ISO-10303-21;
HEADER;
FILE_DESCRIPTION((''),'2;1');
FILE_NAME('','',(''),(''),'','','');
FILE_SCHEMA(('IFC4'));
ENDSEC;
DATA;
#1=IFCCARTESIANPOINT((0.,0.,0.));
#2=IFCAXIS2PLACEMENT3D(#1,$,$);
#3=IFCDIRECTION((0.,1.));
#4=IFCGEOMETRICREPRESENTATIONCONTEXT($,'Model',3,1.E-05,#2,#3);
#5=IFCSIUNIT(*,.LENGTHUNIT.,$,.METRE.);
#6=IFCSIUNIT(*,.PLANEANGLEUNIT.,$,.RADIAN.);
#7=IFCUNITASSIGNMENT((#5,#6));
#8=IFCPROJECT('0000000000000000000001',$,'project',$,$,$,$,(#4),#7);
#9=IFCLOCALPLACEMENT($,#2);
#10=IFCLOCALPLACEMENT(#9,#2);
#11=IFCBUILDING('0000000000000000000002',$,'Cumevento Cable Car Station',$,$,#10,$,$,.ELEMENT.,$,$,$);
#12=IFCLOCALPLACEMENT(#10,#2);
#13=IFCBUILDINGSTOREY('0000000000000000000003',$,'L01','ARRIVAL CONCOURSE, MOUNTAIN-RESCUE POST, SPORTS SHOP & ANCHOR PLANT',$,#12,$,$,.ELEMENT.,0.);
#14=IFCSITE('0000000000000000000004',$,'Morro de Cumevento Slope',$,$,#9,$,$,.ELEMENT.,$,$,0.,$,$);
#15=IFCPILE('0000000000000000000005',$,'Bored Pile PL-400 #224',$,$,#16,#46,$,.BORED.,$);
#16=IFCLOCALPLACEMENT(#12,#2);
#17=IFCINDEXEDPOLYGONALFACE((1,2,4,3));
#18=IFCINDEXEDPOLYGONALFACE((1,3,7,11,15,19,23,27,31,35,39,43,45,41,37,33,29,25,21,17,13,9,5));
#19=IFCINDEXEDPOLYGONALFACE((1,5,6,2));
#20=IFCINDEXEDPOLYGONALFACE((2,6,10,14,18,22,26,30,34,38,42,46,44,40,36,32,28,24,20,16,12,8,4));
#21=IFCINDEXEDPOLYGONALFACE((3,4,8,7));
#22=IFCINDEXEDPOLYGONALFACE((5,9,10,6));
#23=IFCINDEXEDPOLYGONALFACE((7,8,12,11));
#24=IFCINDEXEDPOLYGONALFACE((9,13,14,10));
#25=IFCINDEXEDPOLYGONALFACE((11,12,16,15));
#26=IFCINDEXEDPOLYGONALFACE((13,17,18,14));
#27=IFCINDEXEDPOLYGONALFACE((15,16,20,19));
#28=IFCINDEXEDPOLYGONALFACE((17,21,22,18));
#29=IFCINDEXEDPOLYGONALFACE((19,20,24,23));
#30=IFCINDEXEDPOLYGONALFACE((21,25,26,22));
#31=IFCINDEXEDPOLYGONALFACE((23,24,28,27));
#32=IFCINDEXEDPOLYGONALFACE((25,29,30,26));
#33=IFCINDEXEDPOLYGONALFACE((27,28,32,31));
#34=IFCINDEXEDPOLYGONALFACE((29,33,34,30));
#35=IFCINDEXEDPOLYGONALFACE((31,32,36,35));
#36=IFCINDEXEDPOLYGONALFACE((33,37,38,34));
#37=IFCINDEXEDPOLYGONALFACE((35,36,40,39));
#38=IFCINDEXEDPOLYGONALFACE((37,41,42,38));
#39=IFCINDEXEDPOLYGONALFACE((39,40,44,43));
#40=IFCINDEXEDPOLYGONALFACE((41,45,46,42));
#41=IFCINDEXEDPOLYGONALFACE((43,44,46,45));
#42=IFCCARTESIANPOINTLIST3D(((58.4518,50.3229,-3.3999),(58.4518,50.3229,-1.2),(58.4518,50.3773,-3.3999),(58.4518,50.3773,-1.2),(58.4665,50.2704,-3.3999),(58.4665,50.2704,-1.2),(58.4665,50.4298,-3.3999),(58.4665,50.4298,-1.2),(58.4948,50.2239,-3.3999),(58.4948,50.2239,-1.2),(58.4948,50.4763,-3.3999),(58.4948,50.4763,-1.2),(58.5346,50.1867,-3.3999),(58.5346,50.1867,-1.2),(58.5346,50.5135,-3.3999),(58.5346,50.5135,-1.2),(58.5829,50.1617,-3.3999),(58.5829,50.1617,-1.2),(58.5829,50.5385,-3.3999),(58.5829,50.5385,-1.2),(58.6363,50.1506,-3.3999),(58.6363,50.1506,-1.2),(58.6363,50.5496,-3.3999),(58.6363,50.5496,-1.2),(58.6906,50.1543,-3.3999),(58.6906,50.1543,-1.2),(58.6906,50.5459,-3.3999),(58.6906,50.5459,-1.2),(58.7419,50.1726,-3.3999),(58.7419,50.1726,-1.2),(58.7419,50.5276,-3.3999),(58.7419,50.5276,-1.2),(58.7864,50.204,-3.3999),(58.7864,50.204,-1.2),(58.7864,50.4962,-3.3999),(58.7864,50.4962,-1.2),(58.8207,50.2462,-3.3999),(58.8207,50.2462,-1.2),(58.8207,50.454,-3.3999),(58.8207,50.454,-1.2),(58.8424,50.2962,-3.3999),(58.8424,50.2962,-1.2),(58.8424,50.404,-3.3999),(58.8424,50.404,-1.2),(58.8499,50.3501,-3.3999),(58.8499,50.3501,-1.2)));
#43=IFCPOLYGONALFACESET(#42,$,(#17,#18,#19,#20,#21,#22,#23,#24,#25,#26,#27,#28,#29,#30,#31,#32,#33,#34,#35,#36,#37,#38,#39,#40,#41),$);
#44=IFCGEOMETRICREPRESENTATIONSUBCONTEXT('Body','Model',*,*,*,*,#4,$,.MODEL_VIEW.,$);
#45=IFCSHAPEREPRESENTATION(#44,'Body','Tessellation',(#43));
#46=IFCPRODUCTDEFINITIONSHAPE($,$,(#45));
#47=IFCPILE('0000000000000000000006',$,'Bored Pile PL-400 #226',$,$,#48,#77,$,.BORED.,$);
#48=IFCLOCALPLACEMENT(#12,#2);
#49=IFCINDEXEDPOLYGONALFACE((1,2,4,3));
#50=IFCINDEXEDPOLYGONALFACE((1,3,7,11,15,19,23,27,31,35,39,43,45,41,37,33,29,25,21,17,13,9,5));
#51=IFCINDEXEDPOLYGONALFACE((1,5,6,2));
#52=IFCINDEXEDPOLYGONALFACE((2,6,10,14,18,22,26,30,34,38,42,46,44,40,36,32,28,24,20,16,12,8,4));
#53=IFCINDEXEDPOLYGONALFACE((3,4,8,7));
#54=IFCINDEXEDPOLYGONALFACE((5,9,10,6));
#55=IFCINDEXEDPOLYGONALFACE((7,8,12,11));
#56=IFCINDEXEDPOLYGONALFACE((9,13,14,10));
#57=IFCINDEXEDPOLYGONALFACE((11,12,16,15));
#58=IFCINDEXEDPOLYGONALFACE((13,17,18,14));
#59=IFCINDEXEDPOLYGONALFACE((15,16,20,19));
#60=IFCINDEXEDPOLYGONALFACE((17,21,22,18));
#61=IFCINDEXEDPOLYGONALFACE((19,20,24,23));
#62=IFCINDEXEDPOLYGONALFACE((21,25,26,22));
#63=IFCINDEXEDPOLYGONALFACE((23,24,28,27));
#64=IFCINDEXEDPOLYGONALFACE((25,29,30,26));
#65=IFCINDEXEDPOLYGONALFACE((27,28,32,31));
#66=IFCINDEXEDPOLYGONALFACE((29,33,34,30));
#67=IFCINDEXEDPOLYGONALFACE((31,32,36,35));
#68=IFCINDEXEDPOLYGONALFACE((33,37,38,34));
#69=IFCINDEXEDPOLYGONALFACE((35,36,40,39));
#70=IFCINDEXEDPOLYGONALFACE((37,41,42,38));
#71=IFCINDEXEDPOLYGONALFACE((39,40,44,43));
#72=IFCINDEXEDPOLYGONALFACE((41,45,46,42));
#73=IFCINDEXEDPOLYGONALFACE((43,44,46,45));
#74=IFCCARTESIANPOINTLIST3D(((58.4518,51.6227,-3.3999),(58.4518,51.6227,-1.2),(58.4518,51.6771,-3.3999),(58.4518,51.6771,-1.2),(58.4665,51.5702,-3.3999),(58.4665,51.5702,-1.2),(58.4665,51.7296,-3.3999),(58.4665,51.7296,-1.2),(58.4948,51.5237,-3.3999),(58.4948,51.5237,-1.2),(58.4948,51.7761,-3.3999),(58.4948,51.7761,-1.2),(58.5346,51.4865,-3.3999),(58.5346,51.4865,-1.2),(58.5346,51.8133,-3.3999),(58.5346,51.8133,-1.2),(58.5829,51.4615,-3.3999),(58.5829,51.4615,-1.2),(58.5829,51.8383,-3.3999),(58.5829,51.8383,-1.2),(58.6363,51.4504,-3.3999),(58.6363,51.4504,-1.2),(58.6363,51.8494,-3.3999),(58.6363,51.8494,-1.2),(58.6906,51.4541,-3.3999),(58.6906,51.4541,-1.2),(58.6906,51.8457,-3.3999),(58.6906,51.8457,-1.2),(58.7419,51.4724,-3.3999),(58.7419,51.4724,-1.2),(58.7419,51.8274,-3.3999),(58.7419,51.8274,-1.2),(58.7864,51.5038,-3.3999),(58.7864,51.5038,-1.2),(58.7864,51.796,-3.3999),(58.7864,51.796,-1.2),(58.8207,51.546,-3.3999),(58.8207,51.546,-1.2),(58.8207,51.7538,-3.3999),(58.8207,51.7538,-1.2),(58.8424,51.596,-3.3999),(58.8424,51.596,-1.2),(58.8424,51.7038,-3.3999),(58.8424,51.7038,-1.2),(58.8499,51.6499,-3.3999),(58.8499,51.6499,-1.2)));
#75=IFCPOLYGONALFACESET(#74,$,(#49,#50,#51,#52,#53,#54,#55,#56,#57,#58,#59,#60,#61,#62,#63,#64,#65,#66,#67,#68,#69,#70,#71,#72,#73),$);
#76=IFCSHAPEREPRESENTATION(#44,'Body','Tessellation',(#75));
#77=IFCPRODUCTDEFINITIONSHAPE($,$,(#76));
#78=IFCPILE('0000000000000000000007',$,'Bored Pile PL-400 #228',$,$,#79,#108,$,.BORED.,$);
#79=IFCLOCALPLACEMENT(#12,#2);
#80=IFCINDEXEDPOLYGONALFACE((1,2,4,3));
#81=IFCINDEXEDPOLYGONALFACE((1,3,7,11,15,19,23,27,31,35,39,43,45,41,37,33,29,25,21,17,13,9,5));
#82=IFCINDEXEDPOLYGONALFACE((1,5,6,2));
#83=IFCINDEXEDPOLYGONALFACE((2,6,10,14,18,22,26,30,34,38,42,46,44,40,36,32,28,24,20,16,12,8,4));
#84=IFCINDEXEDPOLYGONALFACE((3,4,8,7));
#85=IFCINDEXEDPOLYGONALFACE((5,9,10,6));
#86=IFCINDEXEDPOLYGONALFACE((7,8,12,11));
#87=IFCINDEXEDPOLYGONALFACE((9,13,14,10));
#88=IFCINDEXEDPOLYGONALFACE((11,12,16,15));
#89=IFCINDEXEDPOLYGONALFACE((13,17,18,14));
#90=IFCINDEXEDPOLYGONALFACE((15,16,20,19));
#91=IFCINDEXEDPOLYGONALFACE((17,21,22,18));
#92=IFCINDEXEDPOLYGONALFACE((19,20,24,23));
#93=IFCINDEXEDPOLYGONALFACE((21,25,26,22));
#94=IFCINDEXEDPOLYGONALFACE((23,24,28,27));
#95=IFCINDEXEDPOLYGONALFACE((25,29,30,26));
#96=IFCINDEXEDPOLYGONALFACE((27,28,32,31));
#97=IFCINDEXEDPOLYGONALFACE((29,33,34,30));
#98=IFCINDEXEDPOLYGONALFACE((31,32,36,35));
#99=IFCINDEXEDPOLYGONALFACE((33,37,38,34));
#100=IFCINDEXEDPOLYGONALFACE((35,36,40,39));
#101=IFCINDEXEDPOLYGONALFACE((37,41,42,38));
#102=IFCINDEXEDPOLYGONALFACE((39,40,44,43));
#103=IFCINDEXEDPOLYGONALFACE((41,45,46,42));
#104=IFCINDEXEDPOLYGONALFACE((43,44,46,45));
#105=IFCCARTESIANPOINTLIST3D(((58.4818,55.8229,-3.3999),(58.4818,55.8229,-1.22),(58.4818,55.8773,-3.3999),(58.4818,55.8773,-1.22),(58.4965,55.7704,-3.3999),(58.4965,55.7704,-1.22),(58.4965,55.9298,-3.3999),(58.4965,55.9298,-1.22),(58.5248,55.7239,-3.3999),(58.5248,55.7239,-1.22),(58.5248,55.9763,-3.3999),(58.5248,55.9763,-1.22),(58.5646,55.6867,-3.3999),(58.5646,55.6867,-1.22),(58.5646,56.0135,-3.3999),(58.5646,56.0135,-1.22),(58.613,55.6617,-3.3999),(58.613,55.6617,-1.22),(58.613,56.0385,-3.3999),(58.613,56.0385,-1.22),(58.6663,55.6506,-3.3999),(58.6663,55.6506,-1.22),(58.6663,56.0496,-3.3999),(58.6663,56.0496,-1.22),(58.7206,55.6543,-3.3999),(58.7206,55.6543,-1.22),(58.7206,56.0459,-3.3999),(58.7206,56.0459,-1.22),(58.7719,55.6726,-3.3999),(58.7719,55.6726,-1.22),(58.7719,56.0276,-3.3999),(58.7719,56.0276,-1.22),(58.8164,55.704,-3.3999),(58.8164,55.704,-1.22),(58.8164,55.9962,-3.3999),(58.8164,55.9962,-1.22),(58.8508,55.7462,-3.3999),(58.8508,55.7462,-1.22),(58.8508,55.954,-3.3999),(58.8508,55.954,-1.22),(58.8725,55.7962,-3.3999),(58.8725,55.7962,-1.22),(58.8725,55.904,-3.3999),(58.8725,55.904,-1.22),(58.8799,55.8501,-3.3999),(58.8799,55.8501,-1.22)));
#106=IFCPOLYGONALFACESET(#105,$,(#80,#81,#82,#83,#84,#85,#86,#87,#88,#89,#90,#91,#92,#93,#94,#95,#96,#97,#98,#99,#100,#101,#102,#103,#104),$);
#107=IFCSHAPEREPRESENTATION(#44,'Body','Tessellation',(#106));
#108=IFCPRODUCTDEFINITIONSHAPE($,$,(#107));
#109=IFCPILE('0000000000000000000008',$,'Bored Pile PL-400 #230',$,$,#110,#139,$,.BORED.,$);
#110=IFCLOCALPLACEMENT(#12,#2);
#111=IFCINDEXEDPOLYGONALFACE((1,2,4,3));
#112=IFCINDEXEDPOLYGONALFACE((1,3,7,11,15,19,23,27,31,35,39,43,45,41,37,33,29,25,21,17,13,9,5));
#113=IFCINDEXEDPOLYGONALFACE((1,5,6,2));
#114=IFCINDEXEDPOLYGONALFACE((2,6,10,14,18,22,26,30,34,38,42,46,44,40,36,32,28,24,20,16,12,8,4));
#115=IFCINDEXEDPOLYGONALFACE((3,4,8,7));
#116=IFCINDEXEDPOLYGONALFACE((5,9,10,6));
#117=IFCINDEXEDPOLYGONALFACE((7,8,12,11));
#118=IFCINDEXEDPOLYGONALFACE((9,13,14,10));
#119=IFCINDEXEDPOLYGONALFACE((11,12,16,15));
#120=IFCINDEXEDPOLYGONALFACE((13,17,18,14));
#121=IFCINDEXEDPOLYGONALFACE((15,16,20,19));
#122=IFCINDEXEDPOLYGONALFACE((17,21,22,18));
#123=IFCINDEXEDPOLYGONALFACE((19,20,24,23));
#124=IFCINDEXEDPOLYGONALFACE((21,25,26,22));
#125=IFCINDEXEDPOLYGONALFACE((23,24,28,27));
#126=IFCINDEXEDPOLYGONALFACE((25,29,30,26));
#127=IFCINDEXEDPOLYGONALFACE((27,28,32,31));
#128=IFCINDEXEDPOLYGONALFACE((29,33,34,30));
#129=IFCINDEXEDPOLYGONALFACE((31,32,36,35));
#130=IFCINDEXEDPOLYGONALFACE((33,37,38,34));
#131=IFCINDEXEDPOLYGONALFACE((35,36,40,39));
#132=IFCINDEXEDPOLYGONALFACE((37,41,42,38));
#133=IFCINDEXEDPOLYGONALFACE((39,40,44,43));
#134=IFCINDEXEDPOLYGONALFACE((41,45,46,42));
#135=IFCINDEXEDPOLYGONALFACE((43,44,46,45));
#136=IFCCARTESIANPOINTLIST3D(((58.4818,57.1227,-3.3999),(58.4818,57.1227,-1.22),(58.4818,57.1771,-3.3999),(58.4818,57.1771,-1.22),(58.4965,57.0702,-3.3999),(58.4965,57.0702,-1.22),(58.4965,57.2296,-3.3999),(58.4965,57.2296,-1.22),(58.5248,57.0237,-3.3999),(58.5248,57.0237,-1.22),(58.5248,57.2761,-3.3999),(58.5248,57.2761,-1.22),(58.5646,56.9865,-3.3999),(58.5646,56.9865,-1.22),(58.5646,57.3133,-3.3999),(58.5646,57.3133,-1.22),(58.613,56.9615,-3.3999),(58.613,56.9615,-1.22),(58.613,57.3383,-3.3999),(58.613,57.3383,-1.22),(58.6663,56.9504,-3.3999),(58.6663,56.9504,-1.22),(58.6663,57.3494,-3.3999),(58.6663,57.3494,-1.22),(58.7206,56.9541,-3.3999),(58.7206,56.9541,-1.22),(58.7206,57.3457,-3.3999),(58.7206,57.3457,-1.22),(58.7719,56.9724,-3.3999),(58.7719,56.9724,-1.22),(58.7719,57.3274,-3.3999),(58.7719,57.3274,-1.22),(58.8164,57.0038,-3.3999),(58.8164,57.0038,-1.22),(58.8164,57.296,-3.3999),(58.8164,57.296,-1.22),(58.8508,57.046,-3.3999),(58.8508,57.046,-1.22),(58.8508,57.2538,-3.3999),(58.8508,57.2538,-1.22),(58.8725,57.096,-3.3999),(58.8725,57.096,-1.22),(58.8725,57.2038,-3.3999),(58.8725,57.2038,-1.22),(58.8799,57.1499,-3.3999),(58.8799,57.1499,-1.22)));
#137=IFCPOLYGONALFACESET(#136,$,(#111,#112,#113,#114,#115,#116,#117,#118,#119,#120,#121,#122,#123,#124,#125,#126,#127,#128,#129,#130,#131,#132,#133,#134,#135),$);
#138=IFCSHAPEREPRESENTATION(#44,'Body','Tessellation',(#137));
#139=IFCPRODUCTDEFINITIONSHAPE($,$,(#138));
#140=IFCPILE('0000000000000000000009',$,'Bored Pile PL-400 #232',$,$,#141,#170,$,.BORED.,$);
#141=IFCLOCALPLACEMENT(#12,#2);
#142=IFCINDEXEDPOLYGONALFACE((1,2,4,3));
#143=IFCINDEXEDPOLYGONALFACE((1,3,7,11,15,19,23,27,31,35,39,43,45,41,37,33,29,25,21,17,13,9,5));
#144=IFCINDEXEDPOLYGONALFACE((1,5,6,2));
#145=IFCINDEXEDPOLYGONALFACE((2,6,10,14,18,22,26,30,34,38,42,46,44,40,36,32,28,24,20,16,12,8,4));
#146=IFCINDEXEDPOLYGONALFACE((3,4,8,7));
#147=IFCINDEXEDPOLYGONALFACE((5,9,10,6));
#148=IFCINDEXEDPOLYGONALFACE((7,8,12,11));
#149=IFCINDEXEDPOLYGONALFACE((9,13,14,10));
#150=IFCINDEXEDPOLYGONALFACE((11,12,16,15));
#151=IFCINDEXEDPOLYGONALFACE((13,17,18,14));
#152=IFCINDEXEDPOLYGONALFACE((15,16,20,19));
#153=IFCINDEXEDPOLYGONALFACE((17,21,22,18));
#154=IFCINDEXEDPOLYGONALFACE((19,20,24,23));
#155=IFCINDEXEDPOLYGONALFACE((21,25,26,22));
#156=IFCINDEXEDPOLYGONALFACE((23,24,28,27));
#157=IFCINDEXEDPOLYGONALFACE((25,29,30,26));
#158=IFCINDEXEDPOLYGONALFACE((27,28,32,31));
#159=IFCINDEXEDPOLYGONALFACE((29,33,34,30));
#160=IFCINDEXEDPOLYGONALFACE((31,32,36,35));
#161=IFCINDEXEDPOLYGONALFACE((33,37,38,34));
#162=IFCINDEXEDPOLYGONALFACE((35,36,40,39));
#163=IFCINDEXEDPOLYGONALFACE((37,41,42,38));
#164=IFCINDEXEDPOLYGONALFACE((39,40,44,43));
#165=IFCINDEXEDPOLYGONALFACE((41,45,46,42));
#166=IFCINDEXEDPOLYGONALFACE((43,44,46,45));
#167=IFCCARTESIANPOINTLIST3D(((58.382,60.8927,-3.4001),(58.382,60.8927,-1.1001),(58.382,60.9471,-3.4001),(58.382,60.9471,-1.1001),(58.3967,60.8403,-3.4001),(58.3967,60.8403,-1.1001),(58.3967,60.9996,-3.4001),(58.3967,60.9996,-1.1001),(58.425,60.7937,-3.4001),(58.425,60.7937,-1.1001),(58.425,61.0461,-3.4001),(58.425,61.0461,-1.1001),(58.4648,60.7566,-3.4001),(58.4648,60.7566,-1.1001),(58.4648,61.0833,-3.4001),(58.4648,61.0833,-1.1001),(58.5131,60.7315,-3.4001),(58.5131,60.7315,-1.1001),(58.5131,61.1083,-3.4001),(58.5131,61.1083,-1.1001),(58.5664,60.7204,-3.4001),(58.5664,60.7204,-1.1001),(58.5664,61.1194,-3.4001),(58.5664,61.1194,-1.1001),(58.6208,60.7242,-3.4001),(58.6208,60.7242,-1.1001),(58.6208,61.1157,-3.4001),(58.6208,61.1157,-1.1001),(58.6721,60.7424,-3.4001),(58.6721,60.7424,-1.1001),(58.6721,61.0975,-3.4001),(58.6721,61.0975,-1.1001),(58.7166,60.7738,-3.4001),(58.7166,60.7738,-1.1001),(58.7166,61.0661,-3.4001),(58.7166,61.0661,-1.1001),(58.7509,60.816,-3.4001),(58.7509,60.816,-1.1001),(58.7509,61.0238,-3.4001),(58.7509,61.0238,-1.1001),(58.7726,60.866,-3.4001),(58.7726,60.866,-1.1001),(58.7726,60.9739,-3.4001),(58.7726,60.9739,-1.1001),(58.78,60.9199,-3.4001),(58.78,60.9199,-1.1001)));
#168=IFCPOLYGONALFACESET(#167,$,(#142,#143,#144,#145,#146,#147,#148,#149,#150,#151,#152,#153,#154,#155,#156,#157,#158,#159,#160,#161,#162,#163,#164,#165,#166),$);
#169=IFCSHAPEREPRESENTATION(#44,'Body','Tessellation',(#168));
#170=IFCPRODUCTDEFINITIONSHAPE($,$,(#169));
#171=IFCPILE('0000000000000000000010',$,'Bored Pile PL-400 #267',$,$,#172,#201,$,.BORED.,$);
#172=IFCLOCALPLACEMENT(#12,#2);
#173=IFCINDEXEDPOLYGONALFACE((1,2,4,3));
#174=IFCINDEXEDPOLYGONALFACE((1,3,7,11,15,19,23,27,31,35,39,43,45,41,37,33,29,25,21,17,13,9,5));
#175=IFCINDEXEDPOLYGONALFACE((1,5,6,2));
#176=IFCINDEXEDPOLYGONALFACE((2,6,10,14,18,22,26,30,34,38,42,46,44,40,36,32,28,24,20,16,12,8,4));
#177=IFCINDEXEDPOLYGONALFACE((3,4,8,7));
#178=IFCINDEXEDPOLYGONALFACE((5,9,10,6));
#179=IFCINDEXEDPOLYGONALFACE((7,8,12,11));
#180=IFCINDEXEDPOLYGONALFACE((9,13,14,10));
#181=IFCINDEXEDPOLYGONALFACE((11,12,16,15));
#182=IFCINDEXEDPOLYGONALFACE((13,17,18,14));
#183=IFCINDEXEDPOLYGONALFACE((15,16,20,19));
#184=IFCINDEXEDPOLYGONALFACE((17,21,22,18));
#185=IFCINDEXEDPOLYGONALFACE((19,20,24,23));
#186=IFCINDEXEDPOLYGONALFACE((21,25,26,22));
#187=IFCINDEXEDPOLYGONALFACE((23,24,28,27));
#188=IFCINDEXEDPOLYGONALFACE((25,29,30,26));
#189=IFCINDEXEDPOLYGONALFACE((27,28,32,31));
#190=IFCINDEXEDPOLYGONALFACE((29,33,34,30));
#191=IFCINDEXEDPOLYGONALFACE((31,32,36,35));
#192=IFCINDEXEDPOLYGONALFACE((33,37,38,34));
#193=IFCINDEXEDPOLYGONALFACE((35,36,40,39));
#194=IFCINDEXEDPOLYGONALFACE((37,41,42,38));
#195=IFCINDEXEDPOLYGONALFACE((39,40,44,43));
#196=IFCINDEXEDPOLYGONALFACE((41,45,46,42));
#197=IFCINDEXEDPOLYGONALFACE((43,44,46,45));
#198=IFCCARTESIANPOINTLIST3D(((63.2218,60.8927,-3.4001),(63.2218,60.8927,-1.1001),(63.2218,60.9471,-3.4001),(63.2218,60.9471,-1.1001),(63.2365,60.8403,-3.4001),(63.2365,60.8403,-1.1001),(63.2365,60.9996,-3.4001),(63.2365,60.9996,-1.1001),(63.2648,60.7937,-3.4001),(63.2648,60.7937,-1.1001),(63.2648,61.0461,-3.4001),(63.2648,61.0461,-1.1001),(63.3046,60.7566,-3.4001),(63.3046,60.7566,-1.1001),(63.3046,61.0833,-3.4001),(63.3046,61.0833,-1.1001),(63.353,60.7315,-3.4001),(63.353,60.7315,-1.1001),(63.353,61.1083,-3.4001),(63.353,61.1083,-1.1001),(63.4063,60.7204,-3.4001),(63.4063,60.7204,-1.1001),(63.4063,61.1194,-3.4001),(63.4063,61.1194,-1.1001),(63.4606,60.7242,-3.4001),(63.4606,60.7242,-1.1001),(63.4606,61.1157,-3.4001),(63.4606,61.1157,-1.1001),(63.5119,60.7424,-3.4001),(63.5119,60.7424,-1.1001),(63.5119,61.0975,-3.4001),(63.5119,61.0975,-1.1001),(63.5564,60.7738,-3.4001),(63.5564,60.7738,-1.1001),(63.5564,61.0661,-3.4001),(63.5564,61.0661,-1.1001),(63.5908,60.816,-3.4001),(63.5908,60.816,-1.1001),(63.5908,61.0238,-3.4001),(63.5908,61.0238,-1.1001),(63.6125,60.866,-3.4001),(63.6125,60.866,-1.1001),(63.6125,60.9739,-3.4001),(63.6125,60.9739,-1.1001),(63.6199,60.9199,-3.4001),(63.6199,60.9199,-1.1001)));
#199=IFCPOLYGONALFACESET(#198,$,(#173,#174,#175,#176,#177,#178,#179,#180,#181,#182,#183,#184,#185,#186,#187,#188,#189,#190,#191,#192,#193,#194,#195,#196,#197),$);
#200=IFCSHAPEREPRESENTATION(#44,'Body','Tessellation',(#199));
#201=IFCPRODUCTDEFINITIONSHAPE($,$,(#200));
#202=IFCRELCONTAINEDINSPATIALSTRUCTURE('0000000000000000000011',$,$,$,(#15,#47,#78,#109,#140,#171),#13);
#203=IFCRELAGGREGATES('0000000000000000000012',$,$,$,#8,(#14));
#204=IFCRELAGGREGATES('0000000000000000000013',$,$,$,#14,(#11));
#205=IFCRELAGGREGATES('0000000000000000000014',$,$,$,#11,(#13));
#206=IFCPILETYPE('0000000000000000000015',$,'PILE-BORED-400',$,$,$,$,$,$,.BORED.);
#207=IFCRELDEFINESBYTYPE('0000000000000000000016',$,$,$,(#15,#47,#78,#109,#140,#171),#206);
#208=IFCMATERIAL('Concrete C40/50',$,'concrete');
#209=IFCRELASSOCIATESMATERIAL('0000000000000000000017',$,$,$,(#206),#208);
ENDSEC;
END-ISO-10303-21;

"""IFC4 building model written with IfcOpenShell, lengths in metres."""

from ifc_helpers import new_model, si_unit, direction, frame, origin, origin_2d, place, context, subcontext, project, spatial, circle, extrude, material, material_profile, profile_set, type_object, element, save


model = new_model("IFC4")

# Units and contexts
model_context = context("Model", 3, precision=1e-05, world=origin(), true_north=direction((0.0, 1.0)))
body_context = subcontext(model_context, "Body", "Model", "MODEL_VIEW")
ifc_project = project(units=[si_unit("LENGTHUNIT", "METRE"), si_unit("PLANEANGLEUNIT", "RADIAN")], contexts=[model_context])

# Site, building, storey
site_placement = place(None, origin())
site = spatial("IfcSite", under=ifc_project, at=site_placement, Name="Morro de Cumevento Slope", CompositionType="ELEMENT", RefElevation=0.0)
building_placement = place(site_placement, origin())
building = spatial("IfcBuilding", under=site, at=building_placement, Name="Cumevento Cable Car Station", CompositionType="ELEMENT")
storey_placement = place(building_placement, origin())
storey = spatial("IfcBuildingStorey", under=building, at=storey_placement, Name="L01", Description="ARRIVAL CONCOURSE, MOUNTAIN-RESCUE POST, SPORTS SHOP & ANCHOR PLANT", CompositionType="ELEMENT", Elevation=0.0)

# Piles
ifc_material_1 = material(Name="Concrete C40/50", Category="concrete")
ifc_material_profile_1 = material_profile(ifc_material_1, circle(Radius=0.2, at=origin_2d()), Name="PILE-D400")
ifc_profile_set_1 = profile_set([ifc_material_profile_1], Name="Concrete C40/50")
pile_type_1 = type_object("IfcPileType", Name="PILE-BORED-400", PredefinedType="BORED", material=ifc_profile_set_1)
for number, where, z_axis, x_axis, name in (
    (1, (58.6499, 50.3501, -1.2), (0.0, 0.0, -1.0), (1.0, 0.0, 0.0), "Bored Pile PL-400 #224"),
    (2, (58.6499, 51.6499, -1.2), (0.0, 0.0, -1.0), (1.0, 0.0, 0.0), "Bored Pile PL-400 #226"),
):
    element("IfcPile", number, at=place(storey_placement, frame(where, z_axis=z_axis, x_axis=x_axis)), inside=storey, type_object=pile_type_1, Name=name, PredefinedType="BORED", context=body_context, shape_type="SweptSolid", body=[
        extrude(circle(Radius=0.2, at=origin_2d()), origin(), (0.0, 0.0, 1.0), 2.2),
    ])
for number, where, z_axis, x_axis, name in (
    (3, (58.6799, 55.8501, -1.22), (0.0, 0.0, -1.0), (1.0, 0.0, 0.0), "Bored Pile PL-400 #228"),
    (4, (58.6799, 57.1499, -1.22), (0.0, 0.0, -1.0), (1.0, 0.0, 0.0), "Bored Pile PL-400 #230"),
):
    element("IfcPile", number, at=place(storey_placement, frame(where, z_axis=z_axis, x_axis=x_axis)), inside=storey, type_object=pile_type_1, Name=name, PredefinedType="BORED", context=body_context, shape_type="SweptSolid", body=[
        extrude(circle(Radius=0.2, at=origin_2d()), origin(), (0.0, 0.0, 1.0), 2.1799),
    ])
for number, where, z_axis, x_axis, name in (
    (5, (58.5801, 60.9199, -1.1001), (0.0, 0.0, -1.0), (1.0, 0.0, 0.0), "Bored Pile PL-400 #232"),
    (6, (63.4199, 60.9199, -1.1001), (0.0, 0.0, -1.0), (1.0, 0.0, 0.0), "Bored Pile PL-400 #267"),
):
    element("IfcPile", number, at=place(storey_placement, frame(where, z_axis=z_axis, x_axis=x_axis)), inside=storey, type_object=pile_type_1, Name=name, PredefinedType="BORED", context=body_context, shape_type="SweptSolid", body=[
        extrude(circle(Radius=0.2, at=origin_2d()), origin(), (0.0, 0.0, 1.0), 2.3),
    ])

save(model, "model.ifc")
